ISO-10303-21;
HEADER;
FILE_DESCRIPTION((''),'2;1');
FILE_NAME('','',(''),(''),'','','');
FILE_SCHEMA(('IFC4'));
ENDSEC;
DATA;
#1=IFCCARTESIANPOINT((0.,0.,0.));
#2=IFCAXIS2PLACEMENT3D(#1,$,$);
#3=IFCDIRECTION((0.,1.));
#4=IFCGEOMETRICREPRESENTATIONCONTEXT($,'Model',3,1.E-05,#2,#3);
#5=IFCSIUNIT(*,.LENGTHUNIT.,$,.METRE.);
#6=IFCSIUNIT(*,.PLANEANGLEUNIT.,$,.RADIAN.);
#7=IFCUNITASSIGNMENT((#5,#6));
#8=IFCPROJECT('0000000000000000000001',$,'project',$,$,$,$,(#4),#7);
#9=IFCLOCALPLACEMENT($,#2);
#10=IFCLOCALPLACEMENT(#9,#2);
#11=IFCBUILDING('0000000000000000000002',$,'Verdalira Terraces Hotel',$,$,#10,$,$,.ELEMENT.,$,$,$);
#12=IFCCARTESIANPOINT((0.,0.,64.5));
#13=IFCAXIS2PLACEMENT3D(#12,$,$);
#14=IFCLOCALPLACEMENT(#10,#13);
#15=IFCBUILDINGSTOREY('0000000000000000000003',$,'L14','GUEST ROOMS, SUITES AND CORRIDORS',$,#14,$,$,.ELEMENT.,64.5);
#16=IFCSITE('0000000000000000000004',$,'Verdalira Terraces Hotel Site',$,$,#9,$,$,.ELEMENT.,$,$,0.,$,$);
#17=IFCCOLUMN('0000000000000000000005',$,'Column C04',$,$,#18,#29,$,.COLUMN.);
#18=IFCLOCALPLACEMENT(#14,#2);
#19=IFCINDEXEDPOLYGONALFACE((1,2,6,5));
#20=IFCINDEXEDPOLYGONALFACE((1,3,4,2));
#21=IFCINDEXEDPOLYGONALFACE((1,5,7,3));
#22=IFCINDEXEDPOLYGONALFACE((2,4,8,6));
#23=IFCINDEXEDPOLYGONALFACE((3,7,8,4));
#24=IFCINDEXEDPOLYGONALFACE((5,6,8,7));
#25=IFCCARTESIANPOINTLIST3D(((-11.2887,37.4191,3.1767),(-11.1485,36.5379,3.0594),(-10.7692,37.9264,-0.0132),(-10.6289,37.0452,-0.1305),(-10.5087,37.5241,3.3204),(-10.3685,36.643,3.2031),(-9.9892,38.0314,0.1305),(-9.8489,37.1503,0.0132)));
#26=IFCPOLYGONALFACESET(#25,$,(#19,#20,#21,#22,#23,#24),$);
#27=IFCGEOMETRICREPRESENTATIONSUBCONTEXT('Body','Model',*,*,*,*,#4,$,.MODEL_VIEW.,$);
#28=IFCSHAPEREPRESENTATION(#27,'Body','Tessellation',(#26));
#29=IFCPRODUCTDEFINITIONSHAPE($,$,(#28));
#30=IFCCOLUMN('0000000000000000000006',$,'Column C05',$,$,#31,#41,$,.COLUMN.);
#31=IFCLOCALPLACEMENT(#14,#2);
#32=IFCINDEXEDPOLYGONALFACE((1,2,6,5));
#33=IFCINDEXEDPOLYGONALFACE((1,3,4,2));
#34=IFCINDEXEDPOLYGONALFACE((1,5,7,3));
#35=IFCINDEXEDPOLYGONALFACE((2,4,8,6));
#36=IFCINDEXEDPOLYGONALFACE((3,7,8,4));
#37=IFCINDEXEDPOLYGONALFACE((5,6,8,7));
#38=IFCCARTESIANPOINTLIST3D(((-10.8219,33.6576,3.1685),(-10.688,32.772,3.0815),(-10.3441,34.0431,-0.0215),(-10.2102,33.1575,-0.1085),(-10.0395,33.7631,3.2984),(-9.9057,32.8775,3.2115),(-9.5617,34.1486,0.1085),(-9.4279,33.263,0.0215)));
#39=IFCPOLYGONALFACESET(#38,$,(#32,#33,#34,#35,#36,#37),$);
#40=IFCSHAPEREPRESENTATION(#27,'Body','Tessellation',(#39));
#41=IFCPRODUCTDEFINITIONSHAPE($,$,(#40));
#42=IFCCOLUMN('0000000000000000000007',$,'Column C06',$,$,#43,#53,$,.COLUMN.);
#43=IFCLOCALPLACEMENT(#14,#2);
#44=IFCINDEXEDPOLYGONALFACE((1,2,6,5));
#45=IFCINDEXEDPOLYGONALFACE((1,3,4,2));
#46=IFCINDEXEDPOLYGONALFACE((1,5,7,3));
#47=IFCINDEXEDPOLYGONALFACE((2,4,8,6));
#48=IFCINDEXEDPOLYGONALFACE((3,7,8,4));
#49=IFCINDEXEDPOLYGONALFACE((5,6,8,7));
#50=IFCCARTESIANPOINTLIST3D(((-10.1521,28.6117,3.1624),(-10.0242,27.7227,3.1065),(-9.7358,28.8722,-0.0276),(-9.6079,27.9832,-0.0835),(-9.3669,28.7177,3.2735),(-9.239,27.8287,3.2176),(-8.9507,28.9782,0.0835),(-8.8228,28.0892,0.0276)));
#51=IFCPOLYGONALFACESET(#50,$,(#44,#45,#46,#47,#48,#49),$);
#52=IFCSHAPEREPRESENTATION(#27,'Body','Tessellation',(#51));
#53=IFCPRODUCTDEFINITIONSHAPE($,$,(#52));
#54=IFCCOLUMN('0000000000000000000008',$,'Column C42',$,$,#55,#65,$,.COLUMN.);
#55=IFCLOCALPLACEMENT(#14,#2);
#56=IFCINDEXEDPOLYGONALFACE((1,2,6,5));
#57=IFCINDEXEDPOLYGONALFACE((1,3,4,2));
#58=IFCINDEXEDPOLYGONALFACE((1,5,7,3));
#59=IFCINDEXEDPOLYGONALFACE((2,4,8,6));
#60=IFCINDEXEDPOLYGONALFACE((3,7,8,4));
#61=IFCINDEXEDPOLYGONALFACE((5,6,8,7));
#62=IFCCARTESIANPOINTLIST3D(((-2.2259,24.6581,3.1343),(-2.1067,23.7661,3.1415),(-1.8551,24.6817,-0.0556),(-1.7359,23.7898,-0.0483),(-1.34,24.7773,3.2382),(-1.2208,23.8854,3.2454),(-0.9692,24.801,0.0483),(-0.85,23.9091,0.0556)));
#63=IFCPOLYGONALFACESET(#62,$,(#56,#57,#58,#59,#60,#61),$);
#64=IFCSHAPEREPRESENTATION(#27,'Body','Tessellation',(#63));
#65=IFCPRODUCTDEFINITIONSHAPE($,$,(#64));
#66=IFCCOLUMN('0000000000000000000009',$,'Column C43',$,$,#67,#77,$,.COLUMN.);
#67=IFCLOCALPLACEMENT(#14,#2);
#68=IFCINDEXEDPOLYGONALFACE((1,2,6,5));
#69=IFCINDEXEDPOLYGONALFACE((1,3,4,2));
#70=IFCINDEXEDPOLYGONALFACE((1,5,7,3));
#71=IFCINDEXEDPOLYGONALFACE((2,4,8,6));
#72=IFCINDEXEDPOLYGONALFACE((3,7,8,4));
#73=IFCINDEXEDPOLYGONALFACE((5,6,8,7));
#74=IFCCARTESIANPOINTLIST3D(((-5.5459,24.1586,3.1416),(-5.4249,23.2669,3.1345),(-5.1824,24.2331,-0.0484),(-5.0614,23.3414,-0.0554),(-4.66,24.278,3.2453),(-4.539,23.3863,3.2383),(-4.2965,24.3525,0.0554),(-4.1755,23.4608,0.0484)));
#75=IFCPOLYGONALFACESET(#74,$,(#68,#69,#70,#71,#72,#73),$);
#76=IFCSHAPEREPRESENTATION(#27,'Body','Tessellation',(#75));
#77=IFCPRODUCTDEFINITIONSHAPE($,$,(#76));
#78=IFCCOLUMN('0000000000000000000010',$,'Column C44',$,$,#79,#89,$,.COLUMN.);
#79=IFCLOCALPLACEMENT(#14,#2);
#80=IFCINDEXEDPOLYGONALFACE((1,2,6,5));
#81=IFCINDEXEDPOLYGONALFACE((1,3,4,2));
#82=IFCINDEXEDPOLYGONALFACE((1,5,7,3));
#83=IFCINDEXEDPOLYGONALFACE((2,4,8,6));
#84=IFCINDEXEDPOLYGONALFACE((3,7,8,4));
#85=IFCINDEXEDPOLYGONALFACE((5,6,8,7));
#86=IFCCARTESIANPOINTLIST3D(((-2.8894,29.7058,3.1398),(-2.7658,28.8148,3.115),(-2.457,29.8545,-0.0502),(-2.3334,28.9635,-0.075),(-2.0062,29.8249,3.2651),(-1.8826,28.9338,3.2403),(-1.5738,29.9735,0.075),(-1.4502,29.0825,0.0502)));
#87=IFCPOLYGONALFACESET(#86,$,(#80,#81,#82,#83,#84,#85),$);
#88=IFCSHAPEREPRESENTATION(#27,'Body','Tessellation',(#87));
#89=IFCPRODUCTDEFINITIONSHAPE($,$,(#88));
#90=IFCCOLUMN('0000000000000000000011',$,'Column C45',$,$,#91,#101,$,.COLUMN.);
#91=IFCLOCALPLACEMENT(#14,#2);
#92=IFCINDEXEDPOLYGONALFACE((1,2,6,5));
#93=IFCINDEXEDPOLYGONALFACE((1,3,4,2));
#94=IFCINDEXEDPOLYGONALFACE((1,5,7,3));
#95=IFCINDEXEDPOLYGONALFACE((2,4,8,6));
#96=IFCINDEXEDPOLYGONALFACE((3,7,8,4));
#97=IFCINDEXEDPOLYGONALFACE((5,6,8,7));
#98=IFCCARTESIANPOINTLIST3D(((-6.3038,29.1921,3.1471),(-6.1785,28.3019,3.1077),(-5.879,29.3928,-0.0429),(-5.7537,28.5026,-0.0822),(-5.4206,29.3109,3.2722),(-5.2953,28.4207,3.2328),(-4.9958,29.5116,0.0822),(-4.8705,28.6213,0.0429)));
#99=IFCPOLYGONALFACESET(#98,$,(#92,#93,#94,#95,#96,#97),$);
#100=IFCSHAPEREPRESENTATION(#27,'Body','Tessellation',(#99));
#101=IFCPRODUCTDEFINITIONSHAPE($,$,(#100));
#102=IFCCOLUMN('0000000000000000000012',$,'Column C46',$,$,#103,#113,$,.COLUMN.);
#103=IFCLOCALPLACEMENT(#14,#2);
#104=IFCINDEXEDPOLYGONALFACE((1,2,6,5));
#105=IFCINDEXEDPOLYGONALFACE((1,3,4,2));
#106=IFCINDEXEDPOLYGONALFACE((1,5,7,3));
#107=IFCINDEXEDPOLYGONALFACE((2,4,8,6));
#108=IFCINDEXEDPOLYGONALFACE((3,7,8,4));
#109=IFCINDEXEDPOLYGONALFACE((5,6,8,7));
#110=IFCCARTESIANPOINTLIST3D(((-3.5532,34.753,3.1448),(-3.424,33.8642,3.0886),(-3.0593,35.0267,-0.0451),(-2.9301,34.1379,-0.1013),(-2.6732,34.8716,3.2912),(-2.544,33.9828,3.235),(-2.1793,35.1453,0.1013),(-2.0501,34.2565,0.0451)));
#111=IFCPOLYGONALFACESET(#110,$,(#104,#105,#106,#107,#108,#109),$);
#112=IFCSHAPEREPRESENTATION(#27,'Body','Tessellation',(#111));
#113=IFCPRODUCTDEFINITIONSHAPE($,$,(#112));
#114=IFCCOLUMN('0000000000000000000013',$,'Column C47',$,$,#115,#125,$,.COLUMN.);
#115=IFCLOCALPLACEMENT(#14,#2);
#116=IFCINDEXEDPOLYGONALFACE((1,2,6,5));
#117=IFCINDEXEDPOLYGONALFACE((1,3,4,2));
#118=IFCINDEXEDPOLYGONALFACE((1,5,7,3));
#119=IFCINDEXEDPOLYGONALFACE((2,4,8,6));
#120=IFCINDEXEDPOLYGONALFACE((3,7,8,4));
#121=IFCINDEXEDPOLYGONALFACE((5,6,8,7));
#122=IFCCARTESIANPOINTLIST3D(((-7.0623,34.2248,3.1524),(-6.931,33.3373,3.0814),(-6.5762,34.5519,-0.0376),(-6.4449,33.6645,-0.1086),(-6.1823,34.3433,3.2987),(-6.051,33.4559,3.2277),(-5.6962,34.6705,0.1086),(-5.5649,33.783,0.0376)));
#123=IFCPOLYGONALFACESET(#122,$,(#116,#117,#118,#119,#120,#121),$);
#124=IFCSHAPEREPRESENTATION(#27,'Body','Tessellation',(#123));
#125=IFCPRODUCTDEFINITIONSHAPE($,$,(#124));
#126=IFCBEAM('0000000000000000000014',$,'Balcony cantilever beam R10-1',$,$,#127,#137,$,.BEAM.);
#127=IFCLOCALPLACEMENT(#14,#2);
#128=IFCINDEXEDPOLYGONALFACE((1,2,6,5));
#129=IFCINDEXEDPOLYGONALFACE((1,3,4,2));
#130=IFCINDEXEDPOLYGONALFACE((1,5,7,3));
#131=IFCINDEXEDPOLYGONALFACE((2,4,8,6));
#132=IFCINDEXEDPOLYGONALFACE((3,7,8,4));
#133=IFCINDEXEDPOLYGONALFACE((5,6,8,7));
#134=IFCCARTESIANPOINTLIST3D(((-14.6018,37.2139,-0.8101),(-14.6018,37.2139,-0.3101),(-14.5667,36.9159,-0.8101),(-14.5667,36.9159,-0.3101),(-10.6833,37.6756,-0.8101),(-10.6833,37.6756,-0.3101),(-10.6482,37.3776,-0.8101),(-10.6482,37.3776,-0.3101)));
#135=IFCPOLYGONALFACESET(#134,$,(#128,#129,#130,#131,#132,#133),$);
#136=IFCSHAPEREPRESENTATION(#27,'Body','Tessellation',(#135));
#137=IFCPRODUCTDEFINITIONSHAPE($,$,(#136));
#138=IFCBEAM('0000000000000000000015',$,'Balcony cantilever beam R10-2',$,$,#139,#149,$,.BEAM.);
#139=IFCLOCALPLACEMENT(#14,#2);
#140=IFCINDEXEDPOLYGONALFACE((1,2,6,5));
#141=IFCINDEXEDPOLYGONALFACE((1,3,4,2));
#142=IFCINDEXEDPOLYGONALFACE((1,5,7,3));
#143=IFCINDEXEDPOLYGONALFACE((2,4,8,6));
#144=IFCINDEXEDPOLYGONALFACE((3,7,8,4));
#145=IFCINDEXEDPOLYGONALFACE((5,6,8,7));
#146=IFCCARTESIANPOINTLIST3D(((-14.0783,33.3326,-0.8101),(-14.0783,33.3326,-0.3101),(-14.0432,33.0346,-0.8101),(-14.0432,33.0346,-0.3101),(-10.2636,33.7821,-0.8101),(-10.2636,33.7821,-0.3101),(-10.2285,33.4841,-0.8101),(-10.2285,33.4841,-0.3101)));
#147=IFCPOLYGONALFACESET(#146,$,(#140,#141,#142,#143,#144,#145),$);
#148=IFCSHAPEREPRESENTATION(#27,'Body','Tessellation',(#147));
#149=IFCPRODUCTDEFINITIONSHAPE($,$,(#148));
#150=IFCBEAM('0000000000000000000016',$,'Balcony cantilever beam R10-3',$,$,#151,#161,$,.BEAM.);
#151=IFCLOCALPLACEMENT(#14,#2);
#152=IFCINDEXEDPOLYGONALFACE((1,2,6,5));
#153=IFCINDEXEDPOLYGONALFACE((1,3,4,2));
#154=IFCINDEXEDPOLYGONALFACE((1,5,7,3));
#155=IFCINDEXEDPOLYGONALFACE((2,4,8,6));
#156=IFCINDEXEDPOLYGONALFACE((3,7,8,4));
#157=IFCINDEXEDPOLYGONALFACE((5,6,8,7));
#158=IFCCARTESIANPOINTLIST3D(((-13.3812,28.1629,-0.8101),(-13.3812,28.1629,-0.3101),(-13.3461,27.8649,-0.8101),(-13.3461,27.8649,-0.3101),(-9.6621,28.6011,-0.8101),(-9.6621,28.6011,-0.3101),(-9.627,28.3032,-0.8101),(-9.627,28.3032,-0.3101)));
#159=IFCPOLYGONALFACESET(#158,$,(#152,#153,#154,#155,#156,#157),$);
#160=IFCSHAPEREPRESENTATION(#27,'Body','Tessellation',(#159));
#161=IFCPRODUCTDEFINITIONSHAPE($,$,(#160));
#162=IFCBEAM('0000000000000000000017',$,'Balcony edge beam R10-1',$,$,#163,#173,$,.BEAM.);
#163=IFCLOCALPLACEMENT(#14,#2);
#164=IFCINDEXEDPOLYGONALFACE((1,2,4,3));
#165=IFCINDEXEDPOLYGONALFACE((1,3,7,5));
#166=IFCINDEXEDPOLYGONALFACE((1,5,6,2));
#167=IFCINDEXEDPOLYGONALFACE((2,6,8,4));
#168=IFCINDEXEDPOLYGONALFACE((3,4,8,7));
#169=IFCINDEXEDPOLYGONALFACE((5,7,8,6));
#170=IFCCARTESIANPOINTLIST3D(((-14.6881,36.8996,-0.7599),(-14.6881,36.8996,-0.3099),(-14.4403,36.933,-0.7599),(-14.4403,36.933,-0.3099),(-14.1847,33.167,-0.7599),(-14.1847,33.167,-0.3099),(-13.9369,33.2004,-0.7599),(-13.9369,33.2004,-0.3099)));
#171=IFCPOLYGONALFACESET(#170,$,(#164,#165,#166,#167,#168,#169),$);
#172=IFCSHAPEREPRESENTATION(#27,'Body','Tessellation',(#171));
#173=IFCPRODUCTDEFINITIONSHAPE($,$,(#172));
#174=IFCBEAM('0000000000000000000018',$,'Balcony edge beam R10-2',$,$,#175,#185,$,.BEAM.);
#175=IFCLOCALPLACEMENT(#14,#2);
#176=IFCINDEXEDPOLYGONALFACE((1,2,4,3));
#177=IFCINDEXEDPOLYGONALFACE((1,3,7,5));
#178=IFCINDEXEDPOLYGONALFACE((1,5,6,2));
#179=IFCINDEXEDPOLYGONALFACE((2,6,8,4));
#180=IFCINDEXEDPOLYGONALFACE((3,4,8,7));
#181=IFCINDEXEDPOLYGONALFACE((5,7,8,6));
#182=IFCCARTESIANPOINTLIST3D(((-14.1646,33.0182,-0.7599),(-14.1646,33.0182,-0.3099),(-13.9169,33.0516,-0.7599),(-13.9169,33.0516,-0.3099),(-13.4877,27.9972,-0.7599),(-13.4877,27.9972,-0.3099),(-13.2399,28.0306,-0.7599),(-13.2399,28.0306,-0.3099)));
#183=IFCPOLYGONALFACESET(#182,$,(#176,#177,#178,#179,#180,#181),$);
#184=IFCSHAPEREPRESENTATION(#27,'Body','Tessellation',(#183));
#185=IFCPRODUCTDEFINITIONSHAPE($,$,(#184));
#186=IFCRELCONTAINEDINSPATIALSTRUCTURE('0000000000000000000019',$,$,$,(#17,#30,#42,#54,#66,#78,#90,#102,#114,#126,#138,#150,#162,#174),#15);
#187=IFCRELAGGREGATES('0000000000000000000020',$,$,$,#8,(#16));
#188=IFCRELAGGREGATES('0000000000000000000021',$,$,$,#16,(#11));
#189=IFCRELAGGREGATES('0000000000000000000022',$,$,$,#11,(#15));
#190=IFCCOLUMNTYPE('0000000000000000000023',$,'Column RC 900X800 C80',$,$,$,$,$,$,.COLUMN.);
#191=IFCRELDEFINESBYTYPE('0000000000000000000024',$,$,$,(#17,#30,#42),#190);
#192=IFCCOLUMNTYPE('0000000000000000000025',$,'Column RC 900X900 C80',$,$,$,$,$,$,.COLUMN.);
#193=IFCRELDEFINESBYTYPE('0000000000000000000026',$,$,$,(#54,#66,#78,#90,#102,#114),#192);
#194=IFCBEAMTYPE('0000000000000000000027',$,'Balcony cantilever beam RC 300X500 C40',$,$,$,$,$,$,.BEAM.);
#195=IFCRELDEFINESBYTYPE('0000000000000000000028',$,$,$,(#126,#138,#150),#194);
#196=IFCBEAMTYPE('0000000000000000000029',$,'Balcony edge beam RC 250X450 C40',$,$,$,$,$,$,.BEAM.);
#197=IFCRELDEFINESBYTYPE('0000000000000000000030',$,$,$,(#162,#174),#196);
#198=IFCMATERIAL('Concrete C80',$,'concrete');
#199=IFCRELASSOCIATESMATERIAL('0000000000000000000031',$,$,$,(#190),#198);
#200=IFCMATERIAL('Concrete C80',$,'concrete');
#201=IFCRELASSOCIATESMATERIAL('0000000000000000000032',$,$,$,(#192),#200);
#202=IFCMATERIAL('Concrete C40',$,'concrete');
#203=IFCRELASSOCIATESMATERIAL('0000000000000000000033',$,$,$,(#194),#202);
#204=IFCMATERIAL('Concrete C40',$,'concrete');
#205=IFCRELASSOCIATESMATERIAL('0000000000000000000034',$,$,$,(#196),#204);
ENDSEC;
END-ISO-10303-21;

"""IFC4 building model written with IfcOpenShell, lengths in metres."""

from ifc_helpers import new_model, si_unit, direction, frame, origin, origin_2d, place, context, subcontext, project, spatial, rectangle, extrude, material, material_profile, profile_set, type_object, element, save


model = new_model("IFC4")

# Units and contexts
model_context = context("Model", 3, precision=1e-05, world=origin(), true_north=direction((0.0, 1.0)))
body_context = subcontext(model_context, "Body", "Model", "MODEL_VIEW")
ifc_project = project(units=[si_unit("LENGTHUNIT", "METRE"), si_unit("PLANEANGLEUNIT", "RADIAN")], contexts=[model_context])

# Site, building, storey
site_placement = place(None, origin())
site = spatial("IfcSite", under=ifc_project, at=site_placement, Name="Verdalira Terraces Hotel Site", CompositionType="ELEMENT", RefElevation=0.0)
building_placement = place(site_placement, origin())
building = spatial("IfcBuilding", under=site, at=building_placement, Name="Verdalira Terraces Hotel", CompositionType="ELEMENT")
storey_placement = place(building_placement, frame((0.0, 0.0, 64.5)))
storey = spatial("IfcBuildingStorey", under=building, at=storey_placement, Name="L14", Description="GUEST ROOMS, SUITES AND CORRIDORS", CompositionType="ELEMENT", Elevation=64.5)

# Columns
ifc_material_1 = material(Name="Concrete C80", Category="concrete")
ifc_material_profile_1 = material_profile(ifc_material_1, rectangle(XDim=0.8999, YDim=0.8, at=origin_2d()), Name="RC 900X800")
ifc_profile_set_1 = profile_set([ifc_material_profile_1], Name="Concrete C80")
column_type_1 = type_object("IfcColumnType", Name="Column RC 900X800 C80", PredefinedType="COLUMN", material=ifc_profile_set_1)
column_1_placement = place(storey_placement, frame((-10.3091, 37.5383, 0.0), z_axis=(-0.158803, -0.155072, 0.975056), x_axis=(0.155879, -0.97914, -0.130334)))
element("IfcColumn", 1, at=column_1_placement, inside=storey, type_object=column_type_1, Name="Column C04", PredefinedType="COLUMN", context=body_context, shape_type="SweptSolid", body=[
    extrude(rectangle(XDim=0.8999, YDim=0.8, at=origin_2d()), origin(), (0.0, 0.0, 1.0), 3.2715),
])
column_2_placement = place(storey_placement, frame((-9.886, 33.6531, 0.0), z_axis=(-0.147079, -0.11867, 0.98198), x_axis=(0.148753, -0.98414, -0.096651)))
element("IfcColumn", 2, at=column_2_placement, inside=storey, type_object=column_type_1, Name="Column C05", PredefinedType="COLUMN", context=body_context, shape_type="SweptSolid", body=[
    extrude(rectangle(XDim=0.8999, YDim=0.8, at=origin_2d()), origin(), (0.0, 0.0, 1.0), 3.2485),
])
column_3_placement = place(storey_placement, frame((-9.2793, 28.4807, 0.0), z_axis=(-0.128972, -0.080712, 0.988358), x_axis=(0.142138, -0.987895, -0.062126)))
element("IfcColumn", 3, at=column_3_placement, inside=storey, type_object=column_type_1, Name="Column C06", PredefinedType="COLUMN", context=body_context, shape_type="SweptSolid", body=[
    extrude(rectangle(XDim=0.8999, YDim=0.8, at=origin_2d()), origin(), (0.0, 0.0, 1.0), 3.2275),
])
ifc_material_2 = material(Name="Concrete C80", Category="concrete")
ifc_material_profile_2 = material_profile(ifc_material_2, rectangle(XDim=0.8999, YDim=0.8999, at=origin_2d()), Name="RC 900X900")
ifc_profile_set_2 = profile_set([ifc_material_profile_2], Name="Concrete C80")
column_type_2 = type_object("IfcColumnType", Name="Column RC 900X900 C80", PredefinedType="COLUMN", material=ifc_profile_set_2)
for number, where, z_axis, x_axis, name in (
    (4, (-1.3525, 24.2954, 0.0), (-0.115475, -0.007374, 0.993283), (-0.132491, 0.991152, -0.008045), "Column C42"),
    (5, (-4.679, 23.8469, 0.0), (-0.113197, -0.023187, 0.993302), (-0.134455, 0.990889, 0.007808), "Column C43"),
):
    element("IfcColumn", number, at=place(storey_placement, frame(where, z_axis=z_axis, x_axis=x_axis)), inside=storey, type_object=column_type_2, Name=name, PredefinedType="COLUMN", context=body_context, shape_type="SweptSolid", body=[
        extrude(rectangle(XDim=0.8999, YDim=0.8999, at=origin_2d()), origin(), (0.0, 0.0, 1.0), 3.2114),
    ])
column_4_placement = place(storey_placement, frame((-1.9536, 29.4685, 0.0), z_axis=(-0.134171, -0.046138, 0.989883), x_axis=(-0.137367, 0.990138, 0.027531)))
element("IfcColumn", 6, at=column_4_placement, inside=storey, type_object=column_type_2, Name="Column C44", PredefinedType="COLUMN", context=body_context, shape_type="SweptSolid", body=[
    extrude(rectangle(XDim=0.8999, YDim=0.8999, at=origin_2d()), origin(), (0.0, 0.0, 1.0), 3.2227),
])
column_5_placement = place(storey_placement, frame((-5.3748, 29.0071, 0.0), z_axis=(-0.131749, -0.06224, 0.989327), x_axis=(-0.139246, 0.989293, 0.043694)))
element("IfcColumn", 7, at=column_5_placement, inside=storey, type_object=column_type_2, Name="Column C45", PredefinedType="COLUMN", context=body_context, shape_type="SweptSolid", body=[
    extrude(rectangle(XDim=0.8999, YDim=0.8999, at=origin_2d()), origin(), (0.0, 0.0, 1.0), 3.2244),
])
column_6_placement = place(storey_placement, frame((-2.5547, 34.6416, 0.0), z_axis=(-0.152459, -0.084482, 0.984692), x_axis=(-0.143571, 0.987664, 0.062508)))
element("IfcColumn", 8, at=column_6_placement, inside=storey, type_object=column_type_2, Name="Column C46", PredefinedType="COLUMN", context=body_context, shape_type="SweptSolid", body=[
    extrude(rectangle(XDim=0.8999, YDim=0.8999, at=origin_2d()), origin(), (0.0, 0.0, 1.0), 3.2395),
])
column_7_placement = place(storey_placement, frame((-6.0706, 34.1675, 0.0), z_axis=(-0.149873, -0.100869, 0.983546), x_axis=(-0.145936, 0.986143, 0.078897)))
element("IfcColumn", 9, at=column_7_placement, inside=storey, type_object=column_type_2, Name="Column C47", PredefinedType="COLUMN", context=body_context, shape_type="SweptSolid", body=[
    extrude(rectangle(XDim=0.8999, YDim=0.8999, at=origin_2d()), origin(), (0.0, 0.0, 1.0), 3.2434),
])

# Beams
ifc_material_3 = material(Name="Concrete C40", Category="concrete")
ifc_material_profile_3 = material_profile(ifc_material_3, rectangle(XDim=0.3, YDim=0.5, at=origin_2d()), Name="RC 300X500")
ifc_profile_set_3 = profile_set([ifc_material_profile_3], Name="Concrete C40")
beam_type_1 = type_object("IfcBeamType", Name="Balcony cantilever beam RC 300X500 C40", PredefinedType="BEAM", material=ifc_profile_set_3)
beam_1_placement = place(storey_placement, frame((-10.6658, 37.5266, -0.5601), z_axis=(-0.993131, -0.11701, 0.0), x_axis=(0.11701, -0.993131, 0.0)))
element("IfcBeam", 10, at=beam_1_placement, inside=storey, type_object=beam_type_1, Name="Balcony cantilever beam R10-1", PredefinedType="BEAM", context=body_context, shape_type="SweptSolid", body=[
    extrude(rectangle(XDim=0.3, YDim=0.5, at=origin_2d()), origin(), (0.0, 0.0, 1.0), 3.9456),
])
beam_2_placement = place(storey_placement, frame((-10.2461, 33.6331, -0.5601), z_axis=(-0.99313, -0.117015, 0.0), x_axis=(0.117015, -0.99313, 0.0)))
element("IfcBeam", 11, at=beam_2_placement, inside=storey, type_object=beam_type_1, Name="Balcony cantilever beam R10-2", PredefinedType="BEAM", context=body_context, shape_type="SweptSolid", body=[
    extrude(rectangle(XDim=0.3, YDim=0.5, at=origin_2d()), origin(), (0.0, 0.0, 1.0), 3.8411),
])
beam_3_placement = place(storey_placement, frame((-9.6445, 28.4521, -0.5601), z_axis=(-0.99313, -0.117019, 0.0), x_axis=(0.117019, -0.99313, 0.0)))
element("IfcBeam", 12, at=beam_3_placement, inside=storey, type_object=beam_type_1, Name="Balcony cantilever beam R10-3", PredefinedType="BEAM", context=body_context, shape_type="SweptSolid", body=[
    extrude(rectangle(XDim=0.3, YDim=0.5, at=origin_2d()), origin(), (0.0, 0.0, 1.0), 3.7449),
])
ifc_material_4 = material(Name="Concrete C40", Category="concrete")
ifc_material_profile_4 = material_profile(ifc_material_4, rectangle(XDim=0.25, YDim=0.45, at=origin_2d()), Name="RC 250X450")
ifc_profile_set_4 = profile_set([ifc_material_profile_4], Name="Concrete C40")
beam_type_2 = type_object("IfcBeamType", Name="Balcony edge beam RC 250X450 C40", PredefinedType="BEAM", material=ifc_profile_set_4)
beam_4_placement = place(storey_placement, frame((-14.5642, 36.9163, -0.5349), z_axis=(0.133658, -0.991028, 0.0), x_axis=(0.991028, 0.133658, 0.0)))
element("IfcBeam", 13, at=beam_4_placement, inside=storey, type_object=beam_type_2, Name="Balcony edge beam R10-1", PredefinedType="BEAM", context=body_context, shape_type="SweptSolid", body=[
    extrude(rectangle(XDim=0.25, YDim=0.45, at=origin_2d()), origin(), (0.0, 0.0, 1.0), 3.7664),
])
beam_5_placement = place(storey_placement, frame((-14.0408, 33.0349, -0.5349), z_axis=(0.133625, -0.991032, 0.0), x_axis=(0.991032, 0.133625, 0.0)))
element("IfcBeam", 14, at=beam_5_placement, inside=storey, type_object=beam_type_2, Name="Balcony edge beam R10-2", PredefinedType="BEAM", context=body_context, shape_type="SweptSolid", body=[
    extrude(rectangle(XDim=0.25, YDim=0.45, at=origin_2d()), origin(), (0.0, 0.0, 1.0), 5.0664),
])

save(model, "model.ifc")
